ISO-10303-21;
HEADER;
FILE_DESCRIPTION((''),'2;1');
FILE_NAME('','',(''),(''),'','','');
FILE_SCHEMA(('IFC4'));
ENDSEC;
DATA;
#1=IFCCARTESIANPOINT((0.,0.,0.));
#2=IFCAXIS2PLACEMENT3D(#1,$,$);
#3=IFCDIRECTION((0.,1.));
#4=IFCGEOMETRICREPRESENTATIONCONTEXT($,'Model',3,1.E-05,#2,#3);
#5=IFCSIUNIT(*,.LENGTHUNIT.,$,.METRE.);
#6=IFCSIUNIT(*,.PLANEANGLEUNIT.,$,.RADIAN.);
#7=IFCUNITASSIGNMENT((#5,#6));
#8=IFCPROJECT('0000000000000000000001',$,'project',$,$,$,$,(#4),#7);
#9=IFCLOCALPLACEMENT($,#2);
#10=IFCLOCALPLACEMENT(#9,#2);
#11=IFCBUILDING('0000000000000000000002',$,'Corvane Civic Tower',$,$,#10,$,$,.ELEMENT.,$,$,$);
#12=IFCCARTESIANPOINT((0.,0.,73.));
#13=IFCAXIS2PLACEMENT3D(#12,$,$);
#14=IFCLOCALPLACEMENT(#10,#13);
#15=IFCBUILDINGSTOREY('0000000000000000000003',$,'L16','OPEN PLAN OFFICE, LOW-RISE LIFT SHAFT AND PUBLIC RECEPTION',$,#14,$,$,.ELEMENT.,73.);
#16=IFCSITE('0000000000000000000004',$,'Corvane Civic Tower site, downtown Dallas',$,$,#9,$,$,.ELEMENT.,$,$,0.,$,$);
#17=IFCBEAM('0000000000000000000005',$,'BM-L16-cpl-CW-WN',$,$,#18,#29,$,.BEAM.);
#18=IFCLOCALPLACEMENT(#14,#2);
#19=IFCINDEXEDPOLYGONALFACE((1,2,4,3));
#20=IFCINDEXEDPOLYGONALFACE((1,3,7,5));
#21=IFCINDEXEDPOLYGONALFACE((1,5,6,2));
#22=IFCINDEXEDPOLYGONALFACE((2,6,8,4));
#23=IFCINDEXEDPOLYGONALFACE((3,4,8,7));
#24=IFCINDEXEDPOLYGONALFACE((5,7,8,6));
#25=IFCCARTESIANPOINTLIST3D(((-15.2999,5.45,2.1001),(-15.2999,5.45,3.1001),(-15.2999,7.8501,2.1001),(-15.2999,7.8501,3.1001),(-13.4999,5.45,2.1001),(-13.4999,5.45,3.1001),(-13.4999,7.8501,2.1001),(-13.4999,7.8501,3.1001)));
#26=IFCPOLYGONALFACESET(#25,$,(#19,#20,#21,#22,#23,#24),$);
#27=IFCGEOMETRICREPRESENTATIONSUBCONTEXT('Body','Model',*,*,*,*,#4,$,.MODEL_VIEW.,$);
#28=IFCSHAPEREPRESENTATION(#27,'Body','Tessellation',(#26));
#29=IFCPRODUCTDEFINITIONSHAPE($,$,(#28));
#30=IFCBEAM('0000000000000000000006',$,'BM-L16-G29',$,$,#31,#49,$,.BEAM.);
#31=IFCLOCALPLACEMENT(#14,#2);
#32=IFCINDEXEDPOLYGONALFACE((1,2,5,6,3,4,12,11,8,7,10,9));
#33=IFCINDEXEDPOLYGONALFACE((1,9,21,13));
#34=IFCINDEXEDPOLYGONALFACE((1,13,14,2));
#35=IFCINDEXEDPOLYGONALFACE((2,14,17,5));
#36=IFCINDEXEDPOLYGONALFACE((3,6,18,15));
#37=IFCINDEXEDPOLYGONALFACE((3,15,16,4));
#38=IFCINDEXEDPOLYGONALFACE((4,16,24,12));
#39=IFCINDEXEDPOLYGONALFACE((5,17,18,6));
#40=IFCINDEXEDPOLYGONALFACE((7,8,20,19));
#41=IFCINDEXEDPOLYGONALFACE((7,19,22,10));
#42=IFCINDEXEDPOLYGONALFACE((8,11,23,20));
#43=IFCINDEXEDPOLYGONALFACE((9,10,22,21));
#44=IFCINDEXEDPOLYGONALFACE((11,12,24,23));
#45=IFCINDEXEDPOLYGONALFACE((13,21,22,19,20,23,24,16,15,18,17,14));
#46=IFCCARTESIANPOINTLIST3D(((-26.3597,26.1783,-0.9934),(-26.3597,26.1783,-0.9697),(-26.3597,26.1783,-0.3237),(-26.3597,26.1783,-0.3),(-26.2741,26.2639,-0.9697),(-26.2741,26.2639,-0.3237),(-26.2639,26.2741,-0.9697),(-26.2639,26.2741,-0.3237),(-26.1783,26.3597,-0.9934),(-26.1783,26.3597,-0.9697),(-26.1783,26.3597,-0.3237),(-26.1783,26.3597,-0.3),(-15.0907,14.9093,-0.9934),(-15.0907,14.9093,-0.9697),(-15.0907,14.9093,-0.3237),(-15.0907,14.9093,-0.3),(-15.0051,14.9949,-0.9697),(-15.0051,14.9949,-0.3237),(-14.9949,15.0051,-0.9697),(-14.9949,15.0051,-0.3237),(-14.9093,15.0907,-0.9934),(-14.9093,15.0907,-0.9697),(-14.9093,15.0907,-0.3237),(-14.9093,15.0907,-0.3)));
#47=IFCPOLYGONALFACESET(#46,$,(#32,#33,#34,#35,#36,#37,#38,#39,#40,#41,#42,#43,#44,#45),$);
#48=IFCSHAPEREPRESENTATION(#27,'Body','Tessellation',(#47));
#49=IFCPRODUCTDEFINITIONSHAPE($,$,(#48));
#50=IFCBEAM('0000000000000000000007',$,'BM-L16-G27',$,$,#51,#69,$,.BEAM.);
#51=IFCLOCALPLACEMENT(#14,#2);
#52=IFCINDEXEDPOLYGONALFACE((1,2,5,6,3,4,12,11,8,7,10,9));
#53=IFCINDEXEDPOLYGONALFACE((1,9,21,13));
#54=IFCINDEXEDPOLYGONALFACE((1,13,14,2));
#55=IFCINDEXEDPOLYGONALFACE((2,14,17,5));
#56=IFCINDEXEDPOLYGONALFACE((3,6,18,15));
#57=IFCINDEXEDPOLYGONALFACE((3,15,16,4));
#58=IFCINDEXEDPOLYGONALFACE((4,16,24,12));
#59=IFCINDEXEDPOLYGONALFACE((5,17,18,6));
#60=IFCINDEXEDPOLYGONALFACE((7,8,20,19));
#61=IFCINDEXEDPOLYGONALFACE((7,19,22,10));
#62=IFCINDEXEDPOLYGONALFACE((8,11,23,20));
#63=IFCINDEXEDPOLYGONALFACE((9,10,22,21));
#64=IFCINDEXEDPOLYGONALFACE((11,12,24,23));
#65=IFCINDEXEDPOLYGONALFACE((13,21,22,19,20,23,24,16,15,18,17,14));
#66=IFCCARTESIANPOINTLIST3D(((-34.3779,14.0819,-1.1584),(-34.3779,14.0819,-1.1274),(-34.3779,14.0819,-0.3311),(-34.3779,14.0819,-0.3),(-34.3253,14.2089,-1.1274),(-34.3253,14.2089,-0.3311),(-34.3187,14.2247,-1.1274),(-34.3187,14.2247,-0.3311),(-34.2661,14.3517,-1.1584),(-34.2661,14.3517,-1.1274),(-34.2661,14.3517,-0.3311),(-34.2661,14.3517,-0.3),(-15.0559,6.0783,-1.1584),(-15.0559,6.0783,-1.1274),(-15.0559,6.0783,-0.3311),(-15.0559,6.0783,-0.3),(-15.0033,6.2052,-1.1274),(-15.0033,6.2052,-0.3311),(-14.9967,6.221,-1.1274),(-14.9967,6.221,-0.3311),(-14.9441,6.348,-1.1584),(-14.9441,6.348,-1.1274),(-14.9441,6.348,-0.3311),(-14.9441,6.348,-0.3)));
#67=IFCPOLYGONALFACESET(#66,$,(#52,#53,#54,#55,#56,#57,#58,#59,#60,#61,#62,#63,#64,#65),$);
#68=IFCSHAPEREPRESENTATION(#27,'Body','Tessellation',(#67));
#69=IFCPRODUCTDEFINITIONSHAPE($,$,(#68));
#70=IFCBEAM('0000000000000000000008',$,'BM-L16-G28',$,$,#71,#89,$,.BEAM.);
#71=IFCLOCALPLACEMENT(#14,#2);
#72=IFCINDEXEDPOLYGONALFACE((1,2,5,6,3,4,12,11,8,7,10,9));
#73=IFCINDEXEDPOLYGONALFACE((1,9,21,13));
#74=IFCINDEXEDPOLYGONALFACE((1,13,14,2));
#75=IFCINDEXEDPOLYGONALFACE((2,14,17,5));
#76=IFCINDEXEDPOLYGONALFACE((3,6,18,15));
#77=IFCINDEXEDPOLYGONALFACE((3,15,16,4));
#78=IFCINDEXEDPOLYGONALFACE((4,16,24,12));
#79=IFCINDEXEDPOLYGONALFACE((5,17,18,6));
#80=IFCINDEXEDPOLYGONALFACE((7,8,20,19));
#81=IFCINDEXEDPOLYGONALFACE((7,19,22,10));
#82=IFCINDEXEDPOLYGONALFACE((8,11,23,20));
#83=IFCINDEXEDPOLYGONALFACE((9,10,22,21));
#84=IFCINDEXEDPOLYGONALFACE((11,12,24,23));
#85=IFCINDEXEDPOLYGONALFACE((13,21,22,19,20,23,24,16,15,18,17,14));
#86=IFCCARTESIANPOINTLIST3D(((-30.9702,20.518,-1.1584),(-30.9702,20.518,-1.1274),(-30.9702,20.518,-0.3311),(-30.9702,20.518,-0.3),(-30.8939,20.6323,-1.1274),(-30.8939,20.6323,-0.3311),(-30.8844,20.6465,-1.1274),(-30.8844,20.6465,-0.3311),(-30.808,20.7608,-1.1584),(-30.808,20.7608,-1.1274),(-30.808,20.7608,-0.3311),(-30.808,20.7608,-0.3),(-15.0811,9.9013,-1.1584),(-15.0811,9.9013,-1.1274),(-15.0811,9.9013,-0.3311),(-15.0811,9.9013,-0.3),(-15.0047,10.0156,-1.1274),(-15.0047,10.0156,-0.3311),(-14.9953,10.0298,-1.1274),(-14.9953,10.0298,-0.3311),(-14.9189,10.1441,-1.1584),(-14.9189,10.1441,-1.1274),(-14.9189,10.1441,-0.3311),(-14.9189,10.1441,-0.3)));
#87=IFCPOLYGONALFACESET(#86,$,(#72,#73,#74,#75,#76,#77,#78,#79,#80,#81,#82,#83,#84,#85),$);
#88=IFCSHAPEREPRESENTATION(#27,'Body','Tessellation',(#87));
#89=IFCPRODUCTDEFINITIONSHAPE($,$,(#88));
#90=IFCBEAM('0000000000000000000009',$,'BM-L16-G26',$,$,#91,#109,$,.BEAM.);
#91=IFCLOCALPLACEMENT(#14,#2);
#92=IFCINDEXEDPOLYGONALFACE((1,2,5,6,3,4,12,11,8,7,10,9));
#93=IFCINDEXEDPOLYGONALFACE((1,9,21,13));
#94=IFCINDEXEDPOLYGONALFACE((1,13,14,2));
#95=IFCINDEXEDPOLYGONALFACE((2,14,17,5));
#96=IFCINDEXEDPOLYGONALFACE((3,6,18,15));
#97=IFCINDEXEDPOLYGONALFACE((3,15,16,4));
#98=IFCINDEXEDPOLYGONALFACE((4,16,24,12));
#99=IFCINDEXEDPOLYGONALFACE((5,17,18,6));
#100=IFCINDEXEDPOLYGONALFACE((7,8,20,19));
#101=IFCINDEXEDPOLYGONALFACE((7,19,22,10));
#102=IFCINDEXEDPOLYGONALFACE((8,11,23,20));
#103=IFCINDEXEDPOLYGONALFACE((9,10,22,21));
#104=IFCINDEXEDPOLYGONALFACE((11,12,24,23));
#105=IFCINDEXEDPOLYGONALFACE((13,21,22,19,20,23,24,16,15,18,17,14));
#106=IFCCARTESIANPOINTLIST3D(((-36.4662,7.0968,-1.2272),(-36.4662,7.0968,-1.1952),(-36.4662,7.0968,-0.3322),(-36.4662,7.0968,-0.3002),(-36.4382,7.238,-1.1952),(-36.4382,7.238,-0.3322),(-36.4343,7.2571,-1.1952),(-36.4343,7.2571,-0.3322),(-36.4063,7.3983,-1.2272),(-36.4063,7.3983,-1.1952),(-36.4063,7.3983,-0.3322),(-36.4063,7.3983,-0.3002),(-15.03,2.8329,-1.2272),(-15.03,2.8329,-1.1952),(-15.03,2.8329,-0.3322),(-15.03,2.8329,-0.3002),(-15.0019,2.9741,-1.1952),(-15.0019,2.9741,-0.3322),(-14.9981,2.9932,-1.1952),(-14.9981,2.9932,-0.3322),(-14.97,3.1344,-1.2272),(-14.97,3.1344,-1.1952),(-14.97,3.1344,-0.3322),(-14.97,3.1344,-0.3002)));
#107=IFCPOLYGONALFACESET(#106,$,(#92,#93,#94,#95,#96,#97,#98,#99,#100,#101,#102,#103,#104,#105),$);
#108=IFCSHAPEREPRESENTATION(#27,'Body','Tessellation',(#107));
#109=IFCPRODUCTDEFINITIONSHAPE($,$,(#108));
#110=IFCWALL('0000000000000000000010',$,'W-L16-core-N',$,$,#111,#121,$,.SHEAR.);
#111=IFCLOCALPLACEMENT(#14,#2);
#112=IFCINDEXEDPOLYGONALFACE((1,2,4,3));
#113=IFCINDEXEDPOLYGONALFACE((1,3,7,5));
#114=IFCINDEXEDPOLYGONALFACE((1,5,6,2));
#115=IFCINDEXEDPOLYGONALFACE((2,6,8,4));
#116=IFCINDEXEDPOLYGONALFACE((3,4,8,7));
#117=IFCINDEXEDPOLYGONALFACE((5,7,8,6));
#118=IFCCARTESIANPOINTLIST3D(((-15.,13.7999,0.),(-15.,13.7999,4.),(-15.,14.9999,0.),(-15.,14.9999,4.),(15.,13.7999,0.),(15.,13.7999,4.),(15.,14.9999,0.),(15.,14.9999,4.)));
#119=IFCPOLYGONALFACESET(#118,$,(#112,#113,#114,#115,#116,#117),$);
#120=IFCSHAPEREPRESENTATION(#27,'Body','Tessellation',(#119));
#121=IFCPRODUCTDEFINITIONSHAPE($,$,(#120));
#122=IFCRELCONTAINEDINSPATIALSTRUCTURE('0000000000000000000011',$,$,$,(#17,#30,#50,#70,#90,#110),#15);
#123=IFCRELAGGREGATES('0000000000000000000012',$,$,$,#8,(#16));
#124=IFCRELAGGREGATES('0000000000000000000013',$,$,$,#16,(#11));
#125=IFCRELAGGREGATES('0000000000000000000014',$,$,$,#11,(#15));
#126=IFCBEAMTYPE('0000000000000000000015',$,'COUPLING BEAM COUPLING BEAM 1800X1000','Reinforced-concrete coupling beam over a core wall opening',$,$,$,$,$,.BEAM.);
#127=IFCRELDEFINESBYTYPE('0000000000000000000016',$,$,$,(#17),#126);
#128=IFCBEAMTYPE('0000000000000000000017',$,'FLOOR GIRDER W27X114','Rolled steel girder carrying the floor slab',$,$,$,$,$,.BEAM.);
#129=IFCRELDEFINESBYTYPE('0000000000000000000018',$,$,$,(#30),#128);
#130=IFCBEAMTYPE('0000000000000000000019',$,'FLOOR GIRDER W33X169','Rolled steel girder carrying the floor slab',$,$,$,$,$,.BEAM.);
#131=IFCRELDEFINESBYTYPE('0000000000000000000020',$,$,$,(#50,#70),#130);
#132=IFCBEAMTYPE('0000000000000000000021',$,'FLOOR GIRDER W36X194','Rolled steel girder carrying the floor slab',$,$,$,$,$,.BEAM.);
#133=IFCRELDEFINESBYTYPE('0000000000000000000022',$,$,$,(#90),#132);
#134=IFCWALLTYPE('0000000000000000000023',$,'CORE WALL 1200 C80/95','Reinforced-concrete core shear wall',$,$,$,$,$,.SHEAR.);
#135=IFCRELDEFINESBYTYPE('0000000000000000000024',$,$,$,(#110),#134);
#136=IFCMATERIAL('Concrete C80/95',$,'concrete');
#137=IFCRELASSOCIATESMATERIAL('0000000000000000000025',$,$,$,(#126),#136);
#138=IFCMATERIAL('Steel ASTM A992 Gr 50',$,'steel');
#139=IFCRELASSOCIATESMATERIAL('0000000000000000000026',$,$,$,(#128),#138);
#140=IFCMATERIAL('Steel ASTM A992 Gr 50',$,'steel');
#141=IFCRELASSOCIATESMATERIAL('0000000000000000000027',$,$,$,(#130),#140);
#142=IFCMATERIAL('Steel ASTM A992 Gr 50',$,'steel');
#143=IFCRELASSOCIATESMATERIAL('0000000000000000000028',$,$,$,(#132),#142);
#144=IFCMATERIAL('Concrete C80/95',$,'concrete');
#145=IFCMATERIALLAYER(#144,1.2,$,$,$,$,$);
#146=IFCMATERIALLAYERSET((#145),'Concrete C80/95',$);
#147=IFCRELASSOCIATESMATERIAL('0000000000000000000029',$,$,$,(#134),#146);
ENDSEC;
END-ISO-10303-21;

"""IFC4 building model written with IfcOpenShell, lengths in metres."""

from ifc_helpers import new_model, si_unit, direction, frame, frame_2d, origin, origin_2d, place, context, subcontext, project, spatial, rectangle, i_section, extrude, material, layer, layer_set, material_profile, profile_set, type_object, element, save


model = new_model("IFC4")

# Units and contexts
model_context = context("Model", 3, precision=1e-05, world=origin(), true_north=direction((0.0, 1.0)))
body_context = subcontext(model_context, "Body", "Model", "MODEL_VIEW")
ifc_project = project(units=[si_unit("LENGTHUNIT", "METRE"), si_unit("PLANEANGLEUNIT", "RADIAN")], contexts=[model_context])

# Site, building, storey
site_placement = place(None, origin())
site = spatial("IfcSite", under=ifc_project, at=site_placement, Name="Corvane Civic Tower site, downtown Dallas", CompositionType="ELEMENT", RefElevation=0.0)
building_placement = place(site_placement, origin())
building = spatial("IfcBuilding", under=site, at=building_placement, Name="Corvane Civic Tower", CompositionType="ELEMENT")
storey_placement = place(building_placement, frame((0.0, 0.0, 73.0)))
storey = spatial("IfcBuildingStorey", under=building, at=storey_placement, Name="L16", Description="OPEN PLAN OFFICE, LOW-RISE LIFT SHAFT AND PUBLIC RECEPTION", CompositionType="ELEMENT", Elevation=73.0)

# Beams
ifc_material_1 = material(Name="Concrete C80/95", Category="concrete")
ifc_material_profile_1 = material_profile(ifc_material_1, rectangle(XDim=1.8, YDim=1.0, at=origin_2d()), Name="COUPLING BEAM 1800X1000")
ifc_profile_set_1 = profile_set([ifc_material_profile_1], Name="Concrete C80/95")
beam_type_1 = type_object("IfcBeamType", Name="COUPLING BEAM COUPLING BEAM 1800X1000", Description="Reinforced-concrete coupling beam over a core wall opening", PredefinedType="BEAM", material=ifc_profile_set_1)
beam_1_placement = place(storey_placement, frame((-14.3999, 5.45, 2.6001), z_axis=(0.0, 1.0, 0.0), x_axis=(-1.0, 0.0, 0.0)))
element("IfcBeam", 1, at=beam_1_placement, inside=storey, type_object=beam_type_1, Name="BM-L16-cpl-CW-WN", PredefinedType="BEAM", context=body_context, shape_type="SweptSolid", body=[
    extrude(rectangle(XDim=1.8, YDim=1.0, at=origin_2d()), origin(), (0.0, 0.0, 1.0), 2.4001),
])
ifc_material_2 = material(Name="Steel ASTM A992 Gr 50", Category="steel")
ifc_material_profile_2 = material_profile(ifc_material_2, i_section(OverallWidth=0.2566, OverallDepth=0.6934, WebThickness=0.0144, FlangeThickness=0.0237, at=origin_2d()), Name="W27X114")
ifc_profile_set_2 = profile_set([ifc_material_profile_2], Name="Steel ASTM A992 Gr 50")
beam_type_2 = type_object("IfcBeamType", Name="FLOOR GIRDER W27X114", Description="Rolled steel girder carrying the floor slab", PredefinedType="BEAM", material=ifc_profile_set_2)
beam_2_placement = place(storey_placement, frame((-15.0, 15.0, -0.6467), z_axis=(-0.707107, 0.707107, 0.0), x_axis=(-0.707107, -0.707107, 0.0)))
element("IfcBeam", 2, at=beam_2_placement, inside=storey, type_object=beam_type_2, Name="BM-L16-G29", PredefinedType="BEAM", context=body_context, shape_type="SweptSolid", body=[
    extrude(i_section(OverallWidth=0.2566, OverallDepth=0.6934, WebThickness=0.0144, FlangeThickness=0.0237, at=origin_2d()), origin(), (0.0, 0.0, 1.0), 15.9368),
])
ifc_material_3 = material(Name="Steel ASTM A992 Gr 50", Category="steel")
ifc_material_profile_3 = material_profile(ifc_material_3, i_section(OverallWidth=0.292, OverallDepth=0.8584, WebThickness=0.0171, FlangeThickness=0.031, at=origin_2d()), Name="W33X169")
ifc_profile_set_3 = profile_set([ifc_material_profile_3], Name="Steel ASTM A992 Gr 50")
beam_type_3 = type_object("IfcBeamType", Name="FLOOR GIRDER W33X169", Description="Rolled steel girder carrying the floor slab", PredefinedType="BEAM", material=ifc_profile_set_3)
beam_3_placement = place(storey_placement, frame((-15.0, 6.2131, -0.7292), z_axis=(-0.923876, 0.382692, 0.0), x_axis=(-0.382692, -0.923876, 0.0)))
element("IfcBeam", 3, at=beam_3_placement, inside=storey, type_object=beam_type_3, Name="BM-L16-G27", PredefinedType="BEAM", context=body_context, shape_type="SweptSolid", body=[
    extrude(i_section(OverallWidth=0.292, OverallDepth=0.8584, WebThickness=0.0171, FlangeThickness=0.031, at=origin_2d()), origin(), (0.0, 0.0, 1.0), 20.9141),
])
beam_4_placement = place(storey_placement, frame((-15.0, 10.0227, -0.7292), z_axis=(-0.831472, 0.555567, 0.0), x_axis=(-0.555567, -0.831472, 0.0)))
element("IfcBeam", 4, at=beam_4_placement, inside=storey, type_object=beam_type_3, Name="BM-L16-G28", PredefinedType="BEAM", context=body_context, shape_type="SweptSolid", body=[
    extrude(i_section(OverallWidth=0.292, OverallDepth=0.8584, WebThickness=0.0171, FlangeThickness=0.031, at=origin_2d()), origin(), (0.0, 0.0, 1.0), 19.1096),
])
ifc_material_4 = material(Name="Steel ASTM A992 Gr 50", Category="steel")
ifc_material_profile_4 = material_profile(ifc_material_4, i_section(OverallWidth=0.3074, OverallDepth=0.927, WebThickness=0.0195, FlangeThickness=0.032, at=origin_2d()), Name="W36X194")
ifc_profile_set_4 = profile_set([ifc_material_profile_4], Name="Steel ASTM A992 Gr 50")
beam_type_4 = type_object("IfcBeamType", Name="FLOOR GIRDER W36X194", Description="Rolled steel girder carrying the floor slab", PredefinedType="BEAM", material=ifc_profile_set_4)
beam_5_placement = place(storey_placement, frame((-15.0, 2.9836, -0.7637), z_axis=(-0.980785, 0.195089, 0.0), x_axis=(-0.195089, -0.980785, 0.0)))
element("IfcBeam", 5, at=beam_5_placement, inside=storey, type_object=beam_type_4, Name="BM-L16-G26", PredefinedType="BEAM", context=body_context, shape_type="SweptSolid", body=[
    extrude(i_section(OverallWidth=0.3074, OverallDepth=0.927, WebThickness=0.0195, FlangeThickness=0.032, at=origin_2d()), origin(), (0.0, 0.0, 1.0), 21.8562),
])

# Wall
ifc_material_5 = material(Name="Concrete C80/95", Category="concrete")
ifc_layer_1 = layer(ifc_material_5, 1.2)
ifc_layer_set_1 = layer_set([ifc_layer_1], Name="Concrete C80/95")
wall_type_1 = type_object("IfcWallType", Name="CORE WALL 1200 C80/95", Description="Reinforced-concrete core shear wall", PredefinedType="SHEAR", material=ifc_layer_set_1)
wall_1_placement = place(storey_placement, frame((-15.0, 14.3999, 0.0), z_axis=(0.0, 0.0, 1.0), x_axis=(1.0, 0.0, 0.0)))
element("IfcWall", 6, at=wall_1_placement, inside=storey, type_object=wall_type_1, Name="W-L16-core-N", PredefinedType="SHEAR", context=body_context, shape_type="SweptSolid", body=[
    extrude(rectangle(XDim=30.0, YDim=1.2, at=frame_2d((15.0, 0.0))), origin(), (0.0, 0.0, 1.0), 4.0),
])

save(model, "model.ifc")
